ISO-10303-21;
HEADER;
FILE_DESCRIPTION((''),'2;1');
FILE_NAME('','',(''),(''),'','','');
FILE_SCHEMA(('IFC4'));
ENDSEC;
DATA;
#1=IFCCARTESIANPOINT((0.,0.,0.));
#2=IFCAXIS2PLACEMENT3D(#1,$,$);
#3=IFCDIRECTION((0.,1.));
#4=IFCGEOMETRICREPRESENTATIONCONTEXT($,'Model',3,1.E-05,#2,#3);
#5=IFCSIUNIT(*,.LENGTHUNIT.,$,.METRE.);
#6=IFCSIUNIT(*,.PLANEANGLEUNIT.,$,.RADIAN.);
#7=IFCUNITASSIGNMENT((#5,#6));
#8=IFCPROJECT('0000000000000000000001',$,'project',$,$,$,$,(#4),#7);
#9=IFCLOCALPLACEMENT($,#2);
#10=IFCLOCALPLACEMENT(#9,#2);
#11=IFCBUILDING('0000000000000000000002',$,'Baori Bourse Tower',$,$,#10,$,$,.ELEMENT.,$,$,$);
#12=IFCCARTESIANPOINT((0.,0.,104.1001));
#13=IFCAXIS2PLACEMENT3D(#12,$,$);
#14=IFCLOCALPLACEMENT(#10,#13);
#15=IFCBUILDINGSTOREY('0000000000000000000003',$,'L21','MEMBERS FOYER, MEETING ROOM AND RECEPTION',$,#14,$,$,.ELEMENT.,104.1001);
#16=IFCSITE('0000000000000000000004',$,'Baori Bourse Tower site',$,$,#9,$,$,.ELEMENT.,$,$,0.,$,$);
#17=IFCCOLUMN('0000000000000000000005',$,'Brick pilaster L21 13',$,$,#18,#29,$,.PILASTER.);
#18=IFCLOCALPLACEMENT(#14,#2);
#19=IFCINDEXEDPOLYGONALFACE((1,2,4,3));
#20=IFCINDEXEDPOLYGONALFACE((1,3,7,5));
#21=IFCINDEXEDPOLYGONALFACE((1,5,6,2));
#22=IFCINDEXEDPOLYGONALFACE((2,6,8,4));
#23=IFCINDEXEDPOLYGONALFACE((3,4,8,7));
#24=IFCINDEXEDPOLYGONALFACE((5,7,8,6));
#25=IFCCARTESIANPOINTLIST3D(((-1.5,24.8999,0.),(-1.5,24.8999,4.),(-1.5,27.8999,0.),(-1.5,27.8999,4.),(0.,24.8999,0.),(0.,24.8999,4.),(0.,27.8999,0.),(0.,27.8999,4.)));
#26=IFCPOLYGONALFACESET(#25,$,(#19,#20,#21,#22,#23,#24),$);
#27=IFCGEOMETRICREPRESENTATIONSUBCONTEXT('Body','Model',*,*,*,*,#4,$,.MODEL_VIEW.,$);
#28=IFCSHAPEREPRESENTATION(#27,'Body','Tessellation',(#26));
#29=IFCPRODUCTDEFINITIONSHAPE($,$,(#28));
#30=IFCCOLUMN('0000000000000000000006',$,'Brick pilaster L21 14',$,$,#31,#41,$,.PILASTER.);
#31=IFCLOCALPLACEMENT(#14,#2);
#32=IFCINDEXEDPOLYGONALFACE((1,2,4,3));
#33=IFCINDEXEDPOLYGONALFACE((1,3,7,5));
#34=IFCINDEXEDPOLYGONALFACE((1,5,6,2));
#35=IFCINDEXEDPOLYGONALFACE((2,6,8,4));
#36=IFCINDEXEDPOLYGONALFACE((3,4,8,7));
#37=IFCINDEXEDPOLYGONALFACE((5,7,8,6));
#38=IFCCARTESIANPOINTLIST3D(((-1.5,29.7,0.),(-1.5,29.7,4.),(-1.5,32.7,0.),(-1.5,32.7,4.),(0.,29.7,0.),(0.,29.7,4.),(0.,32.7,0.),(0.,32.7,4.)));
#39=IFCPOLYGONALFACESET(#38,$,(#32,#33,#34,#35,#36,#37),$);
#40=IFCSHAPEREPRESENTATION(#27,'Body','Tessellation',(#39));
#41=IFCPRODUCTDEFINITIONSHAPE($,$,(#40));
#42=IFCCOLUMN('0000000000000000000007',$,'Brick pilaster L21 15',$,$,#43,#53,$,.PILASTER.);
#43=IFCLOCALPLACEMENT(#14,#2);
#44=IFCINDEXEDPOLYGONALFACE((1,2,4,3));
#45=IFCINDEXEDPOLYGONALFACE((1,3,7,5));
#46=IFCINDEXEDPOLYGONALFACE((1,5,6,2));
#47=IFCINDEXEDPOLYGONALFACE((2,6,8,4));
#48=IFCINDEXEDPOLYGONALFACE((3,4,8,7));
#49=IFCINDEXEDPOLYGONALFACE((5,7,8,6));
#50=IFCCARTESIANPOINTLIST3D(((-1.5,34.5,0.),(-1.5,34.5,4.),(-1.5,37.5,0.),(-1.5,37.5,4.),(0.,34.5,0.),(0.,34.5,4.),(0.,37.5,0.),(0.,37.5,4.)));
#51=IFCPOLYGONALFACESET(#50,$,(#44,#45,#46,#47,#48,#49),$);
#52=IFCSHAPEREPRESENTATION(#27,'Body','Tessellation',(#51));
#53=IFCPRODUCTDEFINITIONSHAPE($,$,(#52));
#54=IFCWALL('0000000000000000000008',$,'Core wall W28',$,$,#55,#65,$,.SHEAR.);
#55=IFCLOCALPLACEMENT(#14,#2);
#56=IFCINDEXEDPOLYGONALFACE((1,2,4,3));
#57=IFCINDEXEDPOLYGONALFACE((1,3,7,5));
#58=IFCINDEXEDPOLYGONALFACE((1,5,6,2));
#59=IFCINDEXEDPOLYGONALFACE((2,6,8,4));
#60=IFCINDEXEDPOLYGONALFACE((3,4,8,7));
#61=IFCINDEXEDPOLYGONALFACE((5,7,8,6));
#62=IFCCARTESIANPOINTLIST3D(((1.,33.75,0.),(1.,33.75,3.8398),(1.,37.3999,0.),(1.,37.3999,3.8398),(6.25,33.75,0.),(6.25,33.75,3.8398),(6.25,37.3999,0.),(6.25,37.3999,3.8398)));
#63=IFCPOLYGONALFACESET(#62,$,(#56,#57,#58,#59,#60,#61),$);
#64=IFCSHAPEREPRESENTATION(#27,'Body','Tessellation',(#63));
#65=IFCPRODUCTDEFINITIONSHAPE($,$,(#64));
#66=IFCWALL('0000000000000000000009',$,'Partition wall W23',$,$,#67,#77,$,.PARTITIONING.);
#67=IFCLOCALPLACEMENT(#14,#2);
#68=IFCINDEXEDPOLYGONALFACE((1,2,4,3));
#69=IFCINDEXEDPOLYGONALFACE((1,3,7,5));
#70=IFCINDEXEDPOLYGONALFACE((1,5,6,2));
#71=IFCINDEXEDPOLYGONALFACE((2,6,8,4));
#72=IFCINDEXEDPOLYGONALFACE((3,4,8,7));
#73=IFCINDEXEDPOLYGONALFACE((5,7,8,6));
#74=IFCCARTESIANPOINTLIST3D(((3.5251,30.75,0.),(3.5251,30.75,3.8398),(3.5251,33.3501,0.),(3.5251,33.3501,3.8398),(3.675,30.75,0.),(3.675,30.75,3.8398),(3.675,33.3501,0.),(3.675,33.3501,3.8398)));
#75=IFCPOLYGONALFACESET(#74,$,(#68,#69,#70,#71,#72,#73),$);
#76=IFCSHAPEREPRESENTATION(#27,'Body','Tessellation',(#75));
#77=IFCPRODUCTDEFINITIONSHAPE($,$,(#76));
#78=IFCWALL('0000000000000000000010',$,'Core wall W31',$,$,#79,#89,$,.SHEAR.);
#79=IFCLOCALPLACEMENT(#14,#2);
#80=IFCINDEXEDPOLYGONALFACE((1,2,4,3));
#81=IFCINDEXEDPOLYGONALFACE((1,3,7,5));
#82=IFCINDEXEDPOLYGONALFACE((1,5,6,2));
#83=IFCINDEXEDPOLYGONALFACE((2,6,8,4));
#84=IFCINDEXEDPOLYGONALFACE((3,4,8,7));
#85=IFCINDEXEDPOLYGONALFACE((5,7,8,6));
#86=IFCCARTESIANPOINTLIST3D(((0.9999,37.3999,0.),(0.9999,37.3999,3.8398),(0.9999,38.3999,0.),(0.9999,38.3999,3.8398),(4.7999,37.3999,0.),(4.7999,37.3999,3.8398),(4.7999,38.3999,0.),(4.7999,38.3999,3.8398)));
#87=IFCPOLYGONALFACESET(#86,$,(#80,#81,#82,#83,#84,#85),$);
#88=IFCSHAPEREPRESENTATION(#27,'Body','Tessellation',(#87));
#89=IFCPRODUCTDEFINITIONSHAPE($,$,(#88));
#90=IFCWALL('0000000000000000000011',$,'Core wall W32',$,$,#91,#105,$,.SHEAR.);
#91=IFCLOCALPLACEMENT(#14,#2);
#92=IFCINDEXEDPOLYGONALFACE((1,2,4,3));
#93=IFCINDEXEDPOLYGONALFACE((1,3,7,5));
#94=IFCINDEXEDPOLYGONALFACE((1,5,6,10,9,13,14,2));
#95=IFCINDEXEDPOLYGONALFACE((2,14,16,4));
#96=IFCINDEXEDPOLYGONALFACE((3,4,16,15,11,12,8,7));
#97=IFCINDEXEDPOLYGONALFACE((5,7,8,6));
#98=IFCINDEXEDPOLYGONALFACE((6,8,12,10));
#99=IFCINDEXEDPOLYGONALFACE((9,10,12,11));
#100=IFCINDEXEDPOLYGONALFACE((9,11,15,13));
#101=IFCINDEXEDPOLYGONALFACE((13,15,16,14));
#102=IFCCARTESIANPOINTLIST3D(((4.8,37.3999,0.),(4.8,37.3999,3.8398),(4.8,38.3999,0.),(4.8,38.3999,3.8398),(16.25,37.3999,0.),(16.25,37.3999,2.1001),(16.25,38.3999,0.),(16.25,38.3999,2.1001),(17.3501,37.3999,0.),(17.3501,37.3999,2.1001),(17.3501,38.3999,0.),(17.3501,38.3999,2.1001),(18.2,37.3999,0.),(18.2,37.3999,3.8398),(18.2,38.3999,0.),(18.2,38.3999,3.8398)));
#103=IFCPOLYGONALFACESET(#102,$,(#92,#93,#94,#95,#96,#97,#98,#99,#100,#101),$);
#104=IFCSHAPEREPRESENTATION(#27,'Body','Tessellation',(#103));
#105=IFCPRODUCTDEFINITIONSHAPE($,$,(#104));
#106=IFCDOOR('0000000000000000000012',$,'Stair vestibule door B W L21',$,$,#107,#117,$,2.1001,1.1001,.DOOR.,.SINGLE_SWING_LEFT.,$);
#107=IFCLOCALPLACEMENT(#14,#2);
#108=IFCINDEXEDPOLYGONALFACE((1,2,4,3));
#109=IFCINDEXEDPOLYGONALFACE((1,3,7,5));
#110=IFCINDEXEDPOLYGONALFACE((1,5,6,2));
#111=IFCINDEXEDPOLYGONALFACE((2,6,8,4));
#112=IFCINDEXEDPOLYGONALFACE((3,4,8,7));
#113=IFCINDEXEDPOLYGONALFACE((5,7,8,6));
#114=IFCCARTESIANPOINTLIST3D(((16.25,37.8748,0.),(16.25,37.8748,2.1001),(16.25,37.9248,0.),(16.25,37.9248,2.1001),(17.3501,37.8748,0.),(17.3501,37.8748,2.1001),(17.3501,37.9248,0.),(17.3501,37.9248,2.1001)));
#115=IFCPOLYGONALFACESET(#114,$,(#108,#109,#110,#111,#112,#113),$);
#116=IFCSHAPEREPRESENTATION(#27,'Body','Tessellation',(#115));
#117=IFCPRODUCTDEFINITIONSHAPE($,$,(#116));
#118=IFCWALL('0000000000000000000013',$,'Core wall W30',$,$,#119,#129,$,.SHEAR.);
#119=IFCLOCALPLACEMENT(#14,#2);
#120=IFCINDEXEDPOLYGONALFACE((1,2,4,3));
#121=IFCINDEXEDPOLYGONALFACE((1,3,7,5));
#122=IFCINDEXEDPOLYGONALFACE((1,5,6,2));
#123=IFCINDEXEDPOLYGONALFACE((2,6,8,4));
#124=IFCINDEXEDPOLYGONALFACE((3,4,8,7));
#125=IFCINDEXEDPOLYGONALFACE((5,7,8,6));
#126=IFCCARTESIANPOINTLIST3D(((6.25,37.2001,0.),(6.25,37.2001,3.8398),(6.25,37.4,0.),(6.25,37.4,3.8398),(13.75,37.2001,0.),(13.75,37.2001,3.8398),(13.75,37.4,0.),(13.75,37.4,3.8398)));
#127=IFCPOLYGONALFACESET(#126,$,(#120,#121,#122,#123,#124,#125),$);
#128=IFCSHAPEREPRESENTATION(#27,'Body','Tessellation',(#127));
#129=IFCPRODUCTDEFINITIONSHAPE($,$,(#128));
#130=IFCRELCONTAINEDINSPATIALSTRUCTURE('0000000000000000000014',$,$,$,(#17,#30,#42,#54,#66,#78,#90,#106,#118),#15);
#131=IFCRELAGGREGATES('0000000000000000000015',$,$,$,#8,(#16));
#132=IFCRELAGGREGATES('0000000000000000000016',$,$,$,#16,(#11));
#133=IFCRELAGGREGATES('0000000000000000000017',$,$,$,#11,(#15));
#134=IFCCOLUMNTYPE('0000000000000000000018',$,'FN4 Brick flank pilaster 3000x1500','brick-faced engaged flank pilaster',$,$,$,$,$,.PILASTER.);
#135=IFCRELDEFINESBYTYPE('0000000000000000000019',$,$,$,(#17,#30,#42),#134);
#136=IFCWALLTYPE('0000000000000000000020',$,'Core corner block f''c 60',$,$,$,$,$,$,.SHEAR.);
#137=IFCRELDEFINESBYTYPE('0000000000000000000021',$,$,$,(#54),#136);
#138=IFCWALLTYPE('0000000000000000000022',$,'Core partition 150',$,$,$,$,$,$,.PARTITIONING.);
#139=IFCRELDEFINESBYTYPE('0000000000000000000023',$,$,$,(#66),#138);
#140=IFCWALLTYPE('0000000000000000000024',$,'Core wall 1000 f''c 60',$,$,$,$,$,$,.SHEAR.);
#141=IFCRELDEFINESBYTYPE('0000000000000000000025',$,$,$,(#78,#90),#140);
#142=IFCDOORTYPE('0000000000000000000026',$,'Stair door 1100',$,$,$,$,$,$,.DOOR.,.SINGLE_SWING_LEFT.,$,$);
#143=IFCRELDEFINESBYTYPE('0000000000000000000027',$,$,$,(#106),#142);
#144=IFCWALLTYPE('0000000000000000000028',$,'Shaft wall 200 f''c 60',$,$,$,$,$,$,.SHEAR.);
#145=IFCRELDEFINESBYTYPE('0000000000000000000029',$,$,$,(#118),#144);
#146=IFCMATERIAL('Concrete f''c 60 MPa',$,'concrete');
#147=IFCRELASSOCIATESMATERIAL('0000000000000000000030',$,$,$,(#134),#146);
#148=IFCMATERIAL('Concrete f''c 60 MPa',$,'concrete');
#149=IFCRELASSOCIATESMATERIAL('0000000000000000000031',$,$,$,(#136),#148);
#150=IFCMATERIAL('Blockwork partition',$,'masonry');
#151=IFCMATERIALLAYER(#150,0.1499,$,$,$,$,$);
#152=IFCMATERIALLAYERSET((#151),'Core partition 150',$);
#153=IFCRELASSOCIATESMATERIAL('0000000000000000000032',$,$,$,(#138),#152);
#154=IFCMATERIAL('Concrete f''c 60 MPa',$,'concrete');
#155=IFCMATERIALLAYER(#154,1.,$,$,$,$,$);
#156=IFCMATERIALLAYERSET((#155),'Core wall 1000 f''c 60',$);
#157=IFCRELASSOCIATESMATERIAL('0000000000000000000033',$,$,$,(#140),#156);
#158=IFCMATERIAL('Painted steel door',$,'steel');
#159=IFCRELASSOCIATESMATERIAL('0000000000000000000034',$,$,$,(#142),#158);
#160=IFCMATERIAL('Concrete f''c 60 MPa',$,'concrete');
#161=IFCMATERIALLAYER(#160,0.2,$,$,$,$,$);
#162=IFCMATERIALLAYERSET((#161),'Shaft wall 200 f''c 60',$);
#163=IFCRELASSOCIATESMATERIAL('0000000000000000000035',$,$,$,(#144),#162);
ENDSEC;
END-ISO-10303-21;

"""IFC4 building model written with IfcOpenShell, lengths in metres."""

from ifc_helpers import new_model, si_unit, direction, frame, frame_2d, origin, origin_2d, place, context, subcontext, project, spatial, rectangle, extrude, material, layer, layer_set, material_profile, profile_set, type_object, element, fill, save


model = new_model("IFC4")

# Units and contexts
model_context = context("Model", 3, precision=1e-05, world=origin(), true_north=direction((0.0, 1.0)))
body_context = subcontext(model_context, "Body", "Model", "MODEL_VIEW")
ifc_project = project(units=[si_unit("LENGTHUNIT", "METRE"), si_unit("PLANEANGLEUNIT", "RADIAN")], contexts=[model_context])

# Site, building, storey
site_placement = place(None, origin())
site = spatial("IfcSite", under=ifc_project, at=site_placement, Name="Baori Bourse Tower site", CompositionType="ELEMENT", RefElevation=0.0)
building_placement = place(site_placement, origin())
building = spatial("IfcBuilding", under=site, at=building_placement, Name="Baori Bourse Tower", CompositionType="ELEMENT")
storey_placement = place(building_placement, frame((0.0, 0.0, 104.1001)))
storey = spatial("IfcBuildingStorey", under=building, at=storey_placement, Name="L21", Description="MEMBERS FOYER, MEETING ROOM AND RECEPTION", CompositionType="ELEMENT", Elevation=104.1001)

# Columns
ifc_material_1 = material(Name="Concrete f'c 60 MPa", Category="concrete")
ifc_material_profile = material_profile(ifc_material_1, rectangle(XDim=3.0, YDim=1.5, at=origin_2d()), Name="RC 3000x1500")
ifc_profile_set = profile_set([ifc_material_profile], Name="Concrete f'c 60 MPa")
column_type = type_object("IfcColumnType", Name="FN4 Brick flank pilaster 3000x1500", Description="brick-faced engaged flank pilaster", PredefinedType="PILASTER", material=ifc_profile_set)
for number, where, z_axis, x_axis, name in (
    (1, (-0.75, 26.3999, 0.0), (0.0, 0.0, 1.0), (0.0, 1.0, 0.0), "Brick pilaster L21 13"),
    (2, (-0.75, 31.2, 0.0), (0.0, 0.0, 1.0), (0.0, 1.0, 0.0), "Brick pilaster L21 14"),
    (3, (-0.75, 36.0, 0.0), (0.0, 0.0, 1.0), (0.0, 1.0, 0.0), "Brick pilaster L21 15"),
):
    element("IfcColumn", number, at=place(storey_placement, frame(where, z_axis=z_axis, x_axis=x_axis)), inside=storey, type_object=column_type, Name=name, PredefinedType="PILASTER", context=body_context, shape_type="SweptSolid", body=[
        extrude(rectangle(XDim=3.0, YDim=1.5, at=origin_2d()), origin(), (0.0, 0.0, 1.0), 4.0),
    ])

# Walls
ifc_material_2 = material(Name="Concrete f'c 60 MPa", Category="concrete")
wall_type_1 = type_object("IfcWallType", Name="Core corner block f'c 60", PredefinedType="SHEAR", material=ifc_material_2)
wall_1_placement = place(storey_placement, frame((1.0, 35.575, 0.0), z_axis=(0.0, 0.0, 1.0), x_axis=(1.0, 0.0, 0.0)))
element("IfcWall", 4, at=wall_1_placement, inside=storey, type_object=wall_type_1, Name="Core wall W28", PredefinedType="SHEAR", context=body_context, shape_type="SweptSolid", body=[
    extrude(rectangle(XDim=5.25, YDim=3.6499, at=frame_2d((2.625, 0.0))), origin(), (0.0, 0.0, 1.0), 3.8398),
])
ifc_material_3 = material(Name="Blockwork partition", Category="masonry")
ifc_layer_1 = layer(ifc_material_3, 0.1499)
ifc_layer_set_1 = layer_set([ifc_layer_1], Name="Core partition 150")
wall_type_2 = type_object("IfcWallType", Name="Core partition 150", PredefinedType="PARTITIONING", material=ifc_layer_set_1)
wall_2_placement = place(storey_placement, frame((3.6001, 30.75, 0.0), z_axis=(0.0, 0.0, 1.0), x_axis=(0.0, 1.0, 0.0)))
element("IfcWall", 5, at=wall_2_placement, inside=storey, type_object=wall_type_2, Name="Partition wall W23", PredefinedType="PARTITIONING", context=body_context, shape_type="SweptSolid", body=[
    extrude(rectangle(XDim=2.6001, YDim=0.1499, at=frame_2d((1.3, 0.0))), origin(), (0.0, 0.0, 1.0), 3.8398),
])
ifc_material_4 = material(Name="Concrete f'c 60 MPa", Category="concrete")
ifc_layer_2 = layer(ifc_material_4, 1.0)
ifc_layer_set_2 = layer_set([ifc_layer_2], Name="Core wall 1000 f'c 60")
wall_type_3 = type_object("IfcWallType", Name="Core wall 1000 f'c 60", PredefinedType="SHEAR", material=ifc_layer_set_2)
wall_3_placement = place(storey_placement, frame((1.0, 37.8999, 0.0), z_axis=(0.0, 0.0, 1.0), x_axis=(1.0, 0.0, 0.0)))
element("IfcWall", 6, at=wall_3_placement, inside=storey, type_object=wall_type_3, Name="Core wall W31", PredefinedType="SHEAR", context=body_context, shape_type="SweptSolid", body=[
    extrude(rectangle(XDim=3.8, YDim=1.0, at=frame_2d((1.8999, 0.0))), origin(), (0.0, 0.0, 1.0), 3.8398),
])

# Wall, opening, door
wall_4_placement = place(storey_placement, frame((4.8, 37.8999, 0.0), z_axis=(0.0, 0.0, 1.0), x_axis=(1.0, 0.0, 0.0)))
wall_4 = element("IfcWall", 7, at=wall_4_placement, inside=storey, type_object=wall_type_3, Name="Core wall W32", PredefinedType="SHEAR", context=body_context, shape_type="SweptSolid", body=[
    extrude(rectangle(XDim=13.3999, YDim=1.0, at=frame_2d((6.7, 0.0))), origin(), (0.0, 0.0, 1.0), 3.8398),
])
opening_1_placement = place(wall_4_placement, frame((11.45, 0.0, 0.0)))
opening_1 = element("IfcOpeningElement", 8, at=opening_1_placement, cuts=wall_4, PredefinedType="OPENING", context=body_context, shape_type="SweptSolid", body=[
    extrude(rectangle(XDim=1.1001, YDim=2.1001, at=frame_2d((0.55, 1.05))), frame((0.0, 0.51, 0.0), z_axis=(0.0, -1.0, 0.0), x_axis=(1.0, 0.0, 0.0)), (0.0, 0.0, 1.0), 1.02),
])
ifc_material_5 = material(Name="Painted steel door", Category="steel")
door_type_1 = type_object("IfcDoorType", Name="Stair door 1100", OperationType="SINGLE_SWING_LEFT", PredefinedType="DOOR", material=ifc_material_5)
door_1_placement = place(opening_1_placement, origin())
door_1 = element("IfcDoor", 9, at=door_1_placement, inside=storey, type_object=door_type_1, Name="Stair vestibule door B W L21", OperationType="SINGLE_SWING_LEFT", OverallHeight=2.1001, OverallWidth=1.1001, PredefinedType="DOOR", context=body_context, shape_type="SweptSolid", body=[
    extrude(rectangle(XDim=1.1001, YDim=2.1001, at=frame_2d((0.55, 1.05))), frame((0.0, 0.0249, 0.0), z_axis=(0.0, -1.0, 0.0), x_axis=(1.0, 0.0, 0.0)), (0.0, 0.0, 1.0), 0.05),
])
fill(opening_1, door_1)

# Wall
ifc_material_6 = material(Name="Concrete f'c 60 MPa", Category="concrete")
ifc_layer_3 = layer(ifc_material_6, 0.2)
ifc_layer_set_3 = layer_set([ifc_layer_3], Name="Shaft wall 200 f'c 60")
wall_type_4 = type_object("IfcWallType", Name="Shaft wall 200 f'c 60", PredefinedType="SHEAR", material=ifc_layer_set_3)
wall_5_placement = place(storey_placement, frame((6.25, 37.3, 0.0), z_axis=(0.0, 0.0, 1.0), x_axis=(1.0, 0.0, 0.0)))
element("IfcWall", 10, at=wall_5_placement, inside=storey, type_object=wall_type_4, Name="Core wall W30", PredefinedType="SHEAR", context=body_context, shape_type="SweptSolid", body=[
    extrude(rectangle(XDim=7.5, YDim=0.2, at=frame_2d((3.75, 0.0))), origin(), (0.0, 0.0, 1.0), 3.8398),
])

save(model, "model.ifc")
